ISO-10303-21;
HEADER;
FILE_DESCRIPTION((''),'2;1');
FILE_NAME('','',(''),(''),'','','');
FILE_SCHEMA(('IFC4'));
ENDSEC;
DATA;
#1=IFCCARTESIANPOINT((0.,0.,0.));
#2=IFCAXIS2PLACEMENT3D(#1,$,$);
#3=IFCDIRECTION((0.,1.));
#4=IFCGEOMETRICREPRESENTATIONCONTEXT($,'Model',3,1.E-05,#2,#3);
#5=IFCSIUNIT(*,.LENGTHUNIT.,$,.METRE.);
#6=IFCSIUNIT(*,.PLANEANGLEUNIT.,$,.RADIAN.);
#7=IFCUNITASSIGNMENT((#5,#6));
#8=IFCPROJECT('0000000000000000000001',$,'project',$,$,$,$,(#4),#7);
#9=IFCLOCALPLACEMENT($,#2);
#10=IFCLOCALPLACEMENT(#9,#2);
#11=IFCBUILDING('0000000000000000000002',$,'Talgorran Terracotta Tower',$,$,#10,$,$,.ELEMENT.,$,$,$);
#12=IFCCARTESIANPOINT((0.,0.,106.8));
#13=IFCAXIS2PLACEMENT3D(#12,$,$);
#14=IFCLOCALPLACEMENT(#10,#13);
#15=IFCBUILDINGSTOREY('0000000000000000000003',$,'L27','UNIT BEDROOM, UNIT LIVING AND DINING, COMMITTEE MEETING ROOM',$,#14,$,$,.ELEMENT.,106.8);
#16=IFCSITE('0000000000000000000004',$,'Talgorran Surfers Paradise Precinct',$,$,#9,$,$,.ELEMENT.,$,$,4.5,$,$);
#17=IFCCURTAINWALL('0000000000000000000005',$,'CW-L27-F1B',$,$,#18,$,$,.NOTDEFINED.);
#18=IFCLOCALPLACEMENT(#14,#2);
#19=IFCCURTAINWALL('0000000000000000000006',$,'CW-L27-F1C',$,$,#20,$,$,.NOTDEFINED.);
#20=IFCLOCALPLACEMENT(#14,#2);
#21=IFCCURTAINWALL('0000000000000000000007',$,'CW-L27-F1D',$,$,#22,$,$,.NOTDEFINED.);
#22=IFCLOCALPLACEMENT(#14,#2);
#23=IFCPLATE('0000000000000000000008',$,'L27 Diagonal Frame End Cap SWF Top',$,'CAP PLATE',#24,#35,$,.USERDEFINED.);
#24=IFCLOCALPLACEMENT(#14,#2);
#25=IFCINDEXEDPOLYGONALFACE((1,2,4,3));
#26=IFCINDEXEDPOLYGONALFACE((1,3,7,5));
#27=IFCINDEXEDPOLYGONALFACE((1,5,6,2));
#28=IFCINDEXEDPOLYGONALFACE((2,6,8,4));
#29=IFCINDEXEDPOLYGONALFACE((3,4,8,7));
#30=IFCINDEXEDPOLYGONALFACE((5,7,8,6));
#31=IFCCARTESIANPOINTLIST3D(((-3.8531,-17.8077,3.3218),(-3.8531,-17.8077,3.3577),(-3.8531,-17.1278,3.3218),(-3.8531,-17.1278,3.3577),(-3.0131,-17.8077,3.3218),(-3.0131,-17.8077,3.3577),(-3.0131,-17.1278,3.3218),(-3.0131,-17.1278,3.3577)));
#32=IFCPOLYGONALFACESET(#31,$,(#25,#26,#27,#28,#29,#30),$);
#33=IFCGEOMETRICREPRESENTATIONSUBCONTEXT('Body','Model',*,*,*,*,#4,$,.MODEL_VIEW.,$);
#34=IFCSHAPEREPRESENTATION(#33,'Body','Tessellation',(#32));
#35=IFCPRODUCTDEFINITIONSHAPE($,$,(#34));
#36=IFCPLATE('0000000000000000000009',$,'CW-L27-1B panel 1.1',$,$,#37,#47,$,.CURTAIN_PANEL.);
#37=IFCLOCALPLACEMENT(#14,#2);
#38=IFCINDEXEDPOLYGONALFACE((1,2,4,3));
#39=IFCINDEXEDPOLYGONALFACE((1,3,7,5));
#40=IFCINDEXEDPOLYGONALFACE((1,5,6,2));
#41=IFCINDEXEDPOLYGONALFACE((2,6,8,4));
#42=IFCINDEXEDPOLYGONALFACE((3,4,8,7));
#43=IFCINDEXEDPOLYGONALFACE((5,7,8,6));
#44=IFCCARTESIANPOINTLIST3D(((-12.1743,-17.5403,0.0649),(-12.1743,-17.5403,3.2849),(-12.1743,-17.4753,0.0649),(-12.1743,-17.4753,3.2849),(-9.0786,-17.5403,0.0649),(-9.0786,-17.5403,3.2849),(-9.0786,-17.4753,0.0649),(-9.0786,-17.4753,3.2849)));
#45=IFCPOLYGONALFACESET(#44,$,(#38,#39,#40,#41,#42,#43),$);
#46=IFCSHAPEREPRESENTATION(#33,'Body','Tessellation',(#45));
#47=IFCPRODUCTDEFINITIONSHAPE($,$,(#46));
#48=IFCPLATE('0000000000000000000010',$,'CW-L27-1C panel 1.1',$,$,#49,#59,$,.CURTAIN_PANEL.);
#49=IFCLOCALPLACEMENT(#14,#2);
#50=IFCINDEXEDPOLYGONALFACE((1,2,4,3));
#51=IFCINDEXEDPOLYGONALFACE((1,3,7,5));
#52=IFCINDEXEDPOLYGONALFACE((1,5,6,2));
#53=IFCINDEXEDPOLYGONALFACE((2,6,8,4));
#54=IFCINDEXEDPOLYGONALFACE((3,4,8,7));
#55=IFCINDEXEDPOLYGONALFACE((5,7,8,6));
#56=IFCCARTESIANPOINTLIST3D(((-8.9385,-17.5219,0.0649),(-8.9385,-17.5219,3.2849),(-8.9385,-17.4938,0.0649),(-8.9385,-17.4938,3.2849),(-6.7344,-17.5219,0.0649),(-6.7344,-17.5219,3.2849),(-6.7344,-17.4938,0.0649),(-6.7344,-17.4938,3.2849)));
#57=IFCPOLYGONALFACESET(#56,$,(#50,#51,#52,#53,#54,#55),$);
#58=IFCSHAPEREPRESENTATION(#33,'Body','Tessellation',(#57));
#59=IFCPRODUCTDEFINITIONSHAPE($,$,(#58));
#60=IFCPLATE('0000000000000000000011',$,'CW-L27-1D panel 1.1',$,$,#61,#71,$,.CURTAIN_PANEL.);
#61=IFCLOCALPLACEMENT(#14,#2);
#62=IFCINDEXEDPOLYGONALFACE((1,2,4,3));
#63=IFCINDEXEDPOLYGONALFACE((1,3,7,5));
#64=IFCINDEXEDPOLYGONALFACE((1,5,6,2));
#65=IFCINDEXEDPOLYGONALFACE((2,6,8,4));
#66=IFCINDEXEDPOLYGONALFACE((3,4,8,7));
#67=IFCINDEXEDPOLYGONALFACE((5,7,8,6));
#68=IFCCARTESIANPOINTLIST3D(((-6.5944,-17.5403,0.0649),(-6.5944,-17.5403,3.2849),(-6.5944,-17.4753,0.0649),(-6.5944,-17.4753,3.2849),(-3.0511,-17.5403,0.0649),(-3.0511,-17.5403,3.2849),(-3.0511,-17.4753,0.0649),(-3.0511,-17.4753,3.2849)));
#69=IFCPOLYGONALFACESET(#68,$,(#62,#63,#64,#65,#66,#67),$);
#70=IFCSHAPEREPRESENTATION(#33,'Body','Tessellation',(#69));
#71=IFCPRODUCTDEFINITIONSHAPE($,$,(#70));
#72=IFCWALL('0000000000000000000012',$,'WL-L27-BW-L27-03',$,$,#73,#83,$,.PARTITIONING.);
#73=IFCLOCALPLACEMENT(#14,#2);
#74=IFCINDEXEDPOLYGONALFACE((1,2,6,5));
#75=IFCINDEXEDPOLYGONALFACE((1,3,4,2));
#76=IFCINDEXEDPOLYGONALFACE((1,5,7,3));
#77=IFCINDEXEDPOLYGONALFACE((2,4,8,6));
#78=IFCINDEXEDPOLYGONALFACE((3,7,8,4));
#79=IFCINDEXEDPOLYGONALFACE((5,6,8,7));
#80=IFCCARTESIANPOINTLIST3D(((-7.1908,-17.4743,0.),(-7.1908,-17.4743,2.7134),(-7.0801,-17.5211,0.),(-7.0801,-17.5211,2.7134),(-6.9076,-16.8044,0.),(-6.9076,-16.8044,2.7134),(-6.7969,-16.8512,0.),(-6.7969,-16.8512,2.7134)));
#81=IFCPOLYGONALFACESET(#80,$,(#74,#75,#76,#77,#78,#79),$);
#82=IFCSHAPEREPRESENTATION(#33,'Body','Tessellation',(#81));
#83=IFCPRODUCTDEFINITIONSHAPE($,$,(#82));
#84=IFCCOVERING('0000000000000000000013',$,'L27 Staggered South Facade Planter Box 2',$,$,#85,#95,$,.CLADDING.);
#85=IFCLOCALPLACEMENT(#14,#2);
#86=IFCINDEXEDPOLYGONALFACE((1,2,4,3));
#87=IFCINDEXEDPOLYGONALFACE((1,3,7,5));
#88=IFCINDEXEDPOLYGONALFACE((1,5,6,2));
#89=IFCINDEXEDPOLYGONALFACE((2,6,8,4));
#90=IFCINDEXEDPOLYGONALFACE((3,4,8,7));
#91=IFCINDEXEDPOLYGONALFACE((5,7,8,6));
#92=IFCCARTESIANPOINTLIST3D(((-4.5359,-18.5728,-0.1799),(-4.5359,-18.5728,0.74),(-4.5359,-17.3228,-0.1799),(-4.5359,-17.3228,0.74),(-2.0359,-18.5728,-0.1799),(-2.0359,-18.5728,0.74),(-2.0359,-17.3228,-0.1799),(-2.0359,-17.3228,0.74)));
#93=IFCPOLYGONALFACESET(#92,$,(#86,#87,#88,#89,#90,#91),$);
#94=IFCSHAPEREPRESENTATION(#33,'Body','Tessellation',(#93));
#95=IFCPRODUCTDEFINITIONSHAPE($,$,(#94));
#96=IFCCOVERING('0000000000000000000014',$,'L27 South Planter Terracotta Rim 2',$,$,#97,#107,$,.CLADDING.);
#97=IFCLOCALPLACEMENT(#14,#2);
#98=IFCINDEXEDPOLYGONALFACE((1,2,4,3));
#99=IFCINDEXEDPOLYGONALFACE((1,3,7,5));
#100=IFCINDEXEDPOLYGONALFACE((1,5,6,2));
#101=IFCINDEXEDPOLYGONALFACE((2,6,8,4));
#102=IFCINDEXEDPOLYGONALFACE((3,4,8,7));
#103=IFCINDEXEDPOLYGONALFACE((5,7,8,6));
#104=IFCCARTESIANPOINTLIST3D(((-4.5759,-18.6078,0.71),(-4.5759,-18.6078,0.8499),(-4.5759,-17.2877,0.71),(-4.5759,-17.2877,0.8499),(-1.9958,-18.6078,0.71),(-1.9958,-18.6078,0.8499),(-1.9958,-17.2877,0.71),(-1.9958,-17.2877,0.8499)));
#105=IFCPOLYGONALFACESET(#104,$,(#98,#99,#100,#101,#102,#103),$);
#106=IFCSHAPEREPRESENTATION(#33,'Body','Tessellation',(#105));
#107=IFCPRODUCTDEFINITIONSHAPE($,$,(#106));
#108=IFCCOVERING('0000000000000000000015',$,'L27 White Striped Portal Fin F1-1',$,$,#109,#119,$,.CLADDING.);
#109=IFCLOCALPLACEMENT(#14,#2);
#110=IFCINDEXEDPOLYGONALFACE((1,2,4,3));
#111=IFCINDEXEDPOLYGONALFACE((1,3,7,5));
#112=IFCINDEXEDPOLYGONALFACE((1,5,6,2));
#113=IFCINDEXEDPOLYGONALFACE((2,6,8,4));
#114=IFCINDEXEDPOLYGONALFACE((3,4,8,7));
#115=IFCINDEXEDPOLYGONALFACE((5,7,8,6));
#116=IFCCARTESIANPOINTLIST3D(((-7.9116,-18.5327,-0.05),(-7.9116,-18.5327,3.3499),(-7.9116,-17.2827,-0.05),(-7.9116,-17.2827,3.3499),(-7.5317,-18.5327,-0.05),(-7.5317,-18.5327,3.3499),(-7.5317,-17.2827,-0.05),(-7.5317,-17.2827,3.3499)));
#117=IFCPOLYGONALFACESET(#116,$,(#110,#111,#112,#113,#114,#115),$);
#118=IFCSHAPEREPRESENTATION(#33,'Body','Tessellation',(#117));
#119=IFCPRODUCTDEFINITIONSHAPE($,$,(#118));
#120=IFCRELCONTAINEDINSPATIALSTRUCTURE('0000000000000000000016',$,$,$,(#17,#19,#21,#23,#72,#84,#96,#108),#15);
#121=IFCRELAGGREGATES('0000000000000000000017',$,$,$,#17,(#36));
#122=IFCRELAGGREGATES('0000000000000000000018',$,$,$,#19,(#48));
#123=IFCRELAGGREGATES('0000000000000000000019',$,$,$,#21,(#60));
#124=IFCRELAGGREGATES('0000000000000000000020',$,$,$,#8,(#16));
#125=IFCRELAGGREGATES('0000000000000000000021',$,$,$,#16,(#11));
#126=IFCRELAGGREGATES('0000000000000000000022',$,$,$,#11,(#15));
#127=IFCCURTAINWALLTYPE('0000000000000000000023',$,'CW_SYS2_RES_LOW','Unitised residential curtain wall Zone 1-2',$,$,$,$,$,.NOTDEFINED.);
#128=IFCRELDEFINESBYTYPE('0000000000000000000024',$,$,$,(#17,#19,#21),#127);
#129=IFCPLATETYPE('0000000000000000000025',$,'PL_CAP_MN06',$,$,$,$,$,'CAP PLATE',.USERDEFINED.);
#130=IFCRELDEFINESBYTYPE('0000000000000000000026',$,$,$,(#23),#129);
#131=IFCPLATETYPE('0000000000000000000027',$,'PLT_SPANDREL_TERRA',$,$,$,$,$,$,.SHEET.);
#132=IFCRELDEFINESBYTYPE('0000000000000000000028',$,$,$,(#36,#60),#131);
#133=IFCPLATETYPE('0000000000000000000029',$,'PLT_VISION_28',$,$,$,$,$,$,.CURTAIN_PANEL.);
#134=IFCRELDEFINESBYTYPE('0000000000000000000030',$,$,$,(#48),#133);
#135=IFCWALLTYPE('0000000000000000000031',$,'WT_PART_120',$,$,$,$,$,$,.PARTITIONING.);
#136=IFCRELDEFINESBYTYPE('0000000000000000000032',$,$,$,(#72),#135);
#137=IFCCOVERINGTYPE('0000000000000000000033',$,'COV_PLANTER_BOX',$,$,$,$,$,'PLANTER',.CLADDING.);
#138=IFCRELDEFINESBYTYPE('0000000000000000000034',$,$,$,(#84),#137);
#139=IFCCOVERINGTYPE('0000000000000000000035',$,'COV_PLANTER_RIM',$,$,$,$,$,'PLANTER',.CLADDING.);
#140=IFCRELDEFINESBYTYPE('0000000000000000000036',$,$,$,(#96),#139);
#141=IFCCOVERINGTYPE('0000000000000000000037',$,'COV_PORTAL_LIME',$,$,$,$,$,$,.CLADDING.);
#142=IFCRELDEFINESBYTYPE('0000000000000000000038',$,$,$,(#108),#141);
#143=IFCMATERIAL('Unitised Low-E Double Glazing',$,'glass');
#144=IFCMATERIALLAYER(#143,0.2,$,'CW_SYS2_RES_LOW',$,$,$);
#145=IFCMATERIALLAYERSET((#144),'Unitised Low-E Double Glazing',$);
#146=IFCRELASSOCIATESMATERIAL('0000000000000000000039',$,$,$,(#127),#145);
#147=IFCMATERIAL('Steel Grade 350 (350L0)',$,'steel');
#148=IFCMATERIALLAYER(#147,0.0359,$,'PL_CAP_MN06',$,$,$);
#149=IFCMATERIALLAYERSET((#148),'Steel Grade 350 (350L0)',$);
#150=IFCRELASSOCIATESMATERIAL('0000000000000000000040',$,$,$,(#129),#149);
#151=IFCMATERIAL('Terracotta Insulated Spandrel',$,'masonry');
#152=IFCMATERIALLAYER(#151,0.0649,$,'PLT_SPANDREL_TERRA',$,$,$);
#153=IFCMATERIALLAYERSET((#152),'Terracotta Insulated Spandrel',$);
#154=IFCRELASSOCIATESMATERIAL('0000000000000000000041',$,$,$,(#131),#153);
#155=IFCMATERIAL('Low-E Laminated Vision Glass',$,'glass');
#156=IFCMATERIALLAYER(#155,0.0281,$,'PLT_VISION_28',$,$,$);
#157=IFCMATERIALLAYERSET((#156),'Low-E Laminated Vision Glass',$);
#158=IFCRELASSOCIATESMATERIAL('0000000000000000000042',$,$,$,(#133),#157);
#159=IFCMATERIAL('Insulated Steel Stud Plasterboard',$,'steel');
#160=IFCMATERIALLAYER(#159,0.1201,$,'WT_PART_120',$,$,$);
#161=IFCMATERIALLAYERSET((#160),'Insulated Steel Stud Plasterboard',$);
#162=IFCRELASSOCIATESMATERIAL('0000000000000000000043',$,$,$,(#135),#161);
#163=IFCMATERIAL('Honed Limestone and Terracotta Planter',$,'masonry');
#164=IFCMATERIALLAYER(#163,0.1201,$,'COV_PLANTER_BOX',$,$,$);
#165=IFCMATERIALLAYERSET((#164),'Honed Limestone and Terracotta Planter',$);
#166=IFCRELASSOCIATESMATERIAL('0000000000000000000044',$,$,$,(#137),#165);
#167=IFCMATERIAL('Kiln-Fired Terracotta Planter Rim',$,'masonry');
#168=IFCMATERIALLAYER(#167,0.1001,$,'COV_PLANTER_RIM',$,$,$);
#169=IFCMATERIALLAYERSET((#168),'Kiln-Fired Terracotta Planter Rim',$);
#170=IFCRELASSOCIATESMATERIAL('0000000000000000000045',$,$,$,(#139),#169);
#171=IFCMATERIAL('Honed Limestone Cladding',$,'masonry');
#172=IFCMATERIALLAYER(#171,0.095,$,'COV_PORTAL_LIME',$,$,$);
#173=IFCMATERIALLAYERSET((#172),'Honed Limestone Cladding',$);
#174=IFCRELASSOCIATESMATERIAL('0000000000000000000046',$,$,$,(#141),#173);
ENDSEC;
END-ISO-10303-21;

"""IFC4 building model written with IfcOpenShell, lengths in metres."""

from ifc_helpers import new_model, si_unit, direction, frame, frame_2d, origin, origin_2d, place, context, subcontext, project, spatial, rectangle, extrude, source, transform, mapped, material, layer, layer_set, type_object, type_shapes, element, aggregate, save


model = new_model("IFC4")

# Units and contexts
model_context = context("Model", 3, precision=1e-05, world=origin(), true_north=direction((0.0, 1.0)))
body_context = subcontext(model_context, "Body", "Model", "MODEL_VIEW")
ifc_project = project(units=[si_unit("LENGTHUNIT", "METRE"), si_unit("PLANEANGLEUNIT", "RADIAN")], contexts=[model_context])

# Site, building, storey
site_placement = place(None, origin())
site = spatial("IfcSite", under=ifc_project, at=site_placement, Name="Talgorran Surfers Paradise Precinct", CompositionType="ELEMENT", RefElevation=4.5)
building_placement = place(site_placement, origin())
building = spatial("IfcBuilding", under=site, at=building_placement, Name="Talgorran Terracotta Tower", CompositionType="ELEMENT")
storey_placement = place(building_placement, frame((0.0, 0.0, 106.8)))
storey = spatial("IfcBuildingStorey", under=building, at=storey_placement, Name="L27", Description="UNIT BEDROOM, UNIT LIVING AND DINING, COMMITTEE MEETING ROOM", CompositionType="ELEMENT", Elevation=106.8)

# Shared definitions
ifc_material_1 = material(Name="Steel Grade 350 (350L0)", Category="steel")

# Curtain wall
ifc_material_2 = material(Name="Unitised Low-E Double Glazing", Category="glass")
ifc_layer_1 = layer(ifc_material_2, 0.2, Name="CW_SYS2_RES_LOW")
ifc_layer_set_1 = layer_set([ifc_layer_1], Name="Unitised Low-E Double Glazing")
curtain_wall_type = type_object("IfcCurtainWallType", Name="CW_SYS2_RES_LOW", Description="Unitised residential curtain wall Zone 1-2", PredefinedType="NOTDEFINED", material=ifc_layer_set_1)
curtain_wall_1_placement = place(storey_placement, origin())
curtain_wall_1 = element("IfcCurtainWall", 1, at=curtain_wall_1_placement, inside=storey, type_object=curtain_wall_type, Name="CW-L27-F1B", PredefinedType="NOTDEFINED")

# Curtain walls
curtain_wall_2_placement = place(storey_placement, origin())
curtain_wall_2 = element("IfcCurtainWall", 2, at=curtain_wall_2_placement, inside=storey, type_object=curtain_wall_type, Name="CW-L27-F1C", PredefinedType="NOTDEFINED")
curtain_wall_3_placement = place(storey_placement, origin())
curtain_wall_3 = element("IfcCurtainWall", 3, at=curtain_wall_3_placement, inside=storey, type_object=curtain_wall_type, Name="CW-L27-F1D", PredefinedType="NOTDEFINED")

# Plate
ifc_layer_2 = layer(ifc_material_1, 0.0359, Name="PL_CAP_MN06")
ifc_layer_set_2 = layer_set([ifc_layer_2], Name="Steel Grade 350 (350L0)")
plate_type_1 = type_object("IfcPlateType", Name="PL_CAP_MN06", ElementType="CAP PLATE", PredefinedType="USERDEFINED", material=ifc_layer_set_2)
for number, where, z_axis, x_axis, name in (
    (4, (-3.4331, -17.4678, 3.3218), (0.0, 0.0, 1.0), (1.0, 0.0, 0.0), "L27 Diagonal Frame End Cap SWF Top"),
):
    element("IfcPlate", number, at=place(storey_placement, frame(where, z_axis=z_axis, x_axis=x_axis)), inside=storey, type_object=plate_type_1, Name=name, ObjectType="CAP PLATE", PredefinedType="USERDEFINED", context=body_context, shape_type="SweptSolid", body=[
        extrude(rectangle(XDim=0.8401, YDim=0.6799, at=origin_2d()), origin(), (0.0, 0.0, 1.0), 0.0359),
    ])

# Plates
ifc_material_3 = material(Name="Terracotta Insulated Spandrel", Category="masonry")
ifc_layer_3 = layer(ifc_material_3, 0.0649, Name="PLT_SPANDREL_TERRA")
ifc_layer_set_3 = layer_set([ifc_layer_3], Name="Terracotta Insulated Spandrel")
plate_type_2 = type_object("IfcPlateType", Name="PLT_SPANDREL_TERRA", PredefinedType="SHEET", material=ifc_layer_set_3)
shared_shape_1 = source(origin(), body_context, "Body", "SweptSolid", [
    extrude(rectangle(XDim=3.0957, YDim=0.0649, at=origin_2d()), origin(), (0.0, 0.0, 1.0), 3.22),
])
plate_1_placement = place(storey_placement, frame((-10.6265, -17.5078, 0.0649), z_axis=(0.0, 0.0, 1.0), x_axis=(1.0, 0.0, 0.0)))
plate_1 = element("IfcPlate", 5, at=plate_1_placement, type_object=plate_type_2, Name="CW-L27-1B panel 1.1", PredefinedType="CURTAIN_PANEL", context=body_context, shape_type="MappedRepresentation", body=[
    mapped(shared_shape_1, transform((0.0, 0.0, 0.0), scale=1.0)),
])
aggregate(curtain_wall_1, [plate_1])
ifc_material_4 = material(Name="Low-E Laminated Vision Glass", Category="glass")
ifc_layer_4 = layer(ifc_material_4, 0.0281, Name="PLT_VISION_28")
ifc_layer_set_4 = layer_set([ifc_layer_4], Name="Low-E Laminated Vision Glass")
plate_type_3 = type_object("IfcPlateType", Name="PLT_VISION_28", PredefinedType="CURTAIN_PANEL", material=ifc_layer_set_4)
shared_shape_2 = source(origin(), body_context, "Body", "SweptSolid", [
    extrude(rectangle(XDim=2.2041, YDim=0.0281, at=origin_2d()), origin(), (0.0, 0.0, 1.0), 3.22),
])
type_shapes(plate_type_3, [shared_shape_2])
plate_2_placement = place(storey_placement, frame((-7.8364, -17.5078, 0.0649), z_axis=(0.0, 0.0, 1.0), x_axis=(1.0, 0.0, 0.0)))
plate_2 = element("IfcPlate", 6, at=plate_2_placement, type_object=plate_type_3, Name="CW-L27-1C panel 1.1", PredefinedType="CURTAIN_PANEL", context=body_context, shape_type="MappedRepresentation", body=[
    mapped(shared_shape_2, transform((0.0, 0.0, 0.0), scale=1.0)),
])
aggregate(curtain_wall_2, [plate_2])
shared_shape_3 = source(origin(), body_context, "Body", "SweptSolid", [
    extrude(rectangle(XDim=3.5432, YDim=0.0649, at=origin_2d()), origin(), (0.0, 0.0, 1.0), 3.22),
])
type_shapes(plate_type_2, [shared_shape_1, shared_shape_3])
plate_3_placement = place(storey_placement, frame((-4.8228, -17.5078, 0.0649), z_axis=(0.0, 0.0, 1.0), x_axis=(1.0, 0.0, 0.0)))
plate_3 = element("IfcPlate", 7, at=plate_3_placement, type_object=plate_type_2, Name="CW-L27-1D panel 1.1", PredefinedType="CURTAIN_PANEL", context=body_context, shape_type="MappedRepresentation", body=[
    mapped(shared_shape_3, transform((0.0, 0.0, 0.0), scale=1.0)),
])
aggregate(curtain_wall_3, [plate_3])

# Wall
ifc_material_5 = material(Name="Insulated Steel Stud Plasterboard", Category="steel")
ifc_layer_5 = layer(ifc_material_5, 0.1201, Name="WT_PART_120")
ifc_layer_set_5 = layer_set([ifc_layer_5], Name="Insulated Steel Stud Plasterboard")
wall_type = type_object("IfcWallType", Name="WT_PART_120", PredefinedType="PARTITIONING", material=ifc_layer_set_5)
wall_placement = place(storey_placement, frame((-7.1355, -17.4978, 0.0), z_axis=(0.0, 0.0, 1.0), x_axis=(0.389377, 0.921078, 0.0)))
element("IfcWall", 8, at=wall_placement, inside=storey, type_object=wall_type, Name="WL-L27-BW-L27-03", PredefinedType="PARTITIONING", context=body_context, shape_type="SweptSolid", body=[
    extrude(rectangle(XDim=0.7273, YDim=0.1201, at=frame_2d((0.3638, 0.0))), origin(), (0.0, 0.0, 1.0), 2.7134),
])

# Coverings
ifc_material_6 = material(Name="Honed Limestone and Terracotta Planter", Category="masonry")
ifc_layer_6 = layer(ifc_material_6, 0.1201, Name="COV_PLANTER_BOX")
ifc_layer_set_6 = layer_set([ifc_layer_6], Name="Honed Limestone and Terracotta Planter")
covering_type_1 = type_object("IfcCoveringType", Name="COV_PLANTER_BOX", ElementType="PLANTER", PredefinedType="CLADDING", material=ifc_layer_set_6)
covering_1_placement = place(storey_placement, frame((-3.2859, -17.9478, -0.1799), z_axis=(0.0, 0.0, 1.0), x_axis=(1.0, 0.0, 0.0)))
element("IfcCovering", 9, at=covering_1_placement, inside=storey, type_object=covering_type_1, Name="L27 Staggered South Facade Planter Box 2", PredefinedType="CLADDING", context=body_context, shape_type="SweptSolid", body=[
    extrude(rectangle(XDim=2.5, YDim=1.25, at=origin_2d()), origin(), (0.0, 0.0, 1.0), 0.9199),
])
ifc_material_7 = material(Name="Kiln-Fired Terracotta Planter Rim", Category="masonry")
ifc_layer_7 = layer(ifc_material_7, 0.1001, Name="COV_PLANTER_RIM")
ifc_layer_set_7 = layer_set([ifc_layer_7], Name="Kiln-Fired Terracotta Planter Rim")
covering_type_2 = type_object("IfcCoveringType", Name="COV_PLANTER_RIM", ElementType="PLANTER", PredefinedType="CLADDING", material=ifc_layer_set_7)
covering_2_placement = place(storey_placement, frame((-3.2859, -17.9478, 0.71), z_axis=(0.0, 0.0, 1.0), x_axis=(1.0, 0.0, 0.0)))
element("IfcCovering", 10, at=covering_2_placement, inside=storey, type_object=covering_type_2, Name="L27 South Planter Terracotta Rim 2", PredefinedType="CLADDING", context=body_context, shape_type="SweptSolid", body=[
    extrude(rectangle(XDim=2.5801, YDim=1.3201, at=origin_2d()), origin(), (0.0, 0.0, 1.0), 0.1399),
])
ifc_material_8 = material(Name="Honed Limestone Cladding", Category="masonry")
ifc_layer_8 = layer(ifc_material_8, 0.095, Name="COV_PORTAL_LIME")
ifc_layer_set_8 = layer_set([ifc_layer_8], Name="Honed Limestone Cladding")
covering_type_3 = type_object("IfcCoveringType", Name="COV_PORTAL_LIME", PredefinedType="CLADDING", material=ifc_layer_set_8)
covering_3_placement = place(storey_placement, frame((-7.7217, -17.9077, -0.05), z_axis=(0.0, 0.0, 1.0), x_axis=(1.0, 0.0, 0.0)))
element("IfcCovering", 11, at=covering_3_placement, inside=storey, type_object=covering_type_3, Name="L27 White Striped Portal Fin F1-1", PredefinedType="CLADDING", context=body_context, shape_type="SweptSolid", body=[
    extrude(rectangle(XDim=0.3799, YDim=1.25, at=origin_2d()), origin(), (0.0, 0.0, 1.0), 3.3999),
])

save(model, "model.ifc")
